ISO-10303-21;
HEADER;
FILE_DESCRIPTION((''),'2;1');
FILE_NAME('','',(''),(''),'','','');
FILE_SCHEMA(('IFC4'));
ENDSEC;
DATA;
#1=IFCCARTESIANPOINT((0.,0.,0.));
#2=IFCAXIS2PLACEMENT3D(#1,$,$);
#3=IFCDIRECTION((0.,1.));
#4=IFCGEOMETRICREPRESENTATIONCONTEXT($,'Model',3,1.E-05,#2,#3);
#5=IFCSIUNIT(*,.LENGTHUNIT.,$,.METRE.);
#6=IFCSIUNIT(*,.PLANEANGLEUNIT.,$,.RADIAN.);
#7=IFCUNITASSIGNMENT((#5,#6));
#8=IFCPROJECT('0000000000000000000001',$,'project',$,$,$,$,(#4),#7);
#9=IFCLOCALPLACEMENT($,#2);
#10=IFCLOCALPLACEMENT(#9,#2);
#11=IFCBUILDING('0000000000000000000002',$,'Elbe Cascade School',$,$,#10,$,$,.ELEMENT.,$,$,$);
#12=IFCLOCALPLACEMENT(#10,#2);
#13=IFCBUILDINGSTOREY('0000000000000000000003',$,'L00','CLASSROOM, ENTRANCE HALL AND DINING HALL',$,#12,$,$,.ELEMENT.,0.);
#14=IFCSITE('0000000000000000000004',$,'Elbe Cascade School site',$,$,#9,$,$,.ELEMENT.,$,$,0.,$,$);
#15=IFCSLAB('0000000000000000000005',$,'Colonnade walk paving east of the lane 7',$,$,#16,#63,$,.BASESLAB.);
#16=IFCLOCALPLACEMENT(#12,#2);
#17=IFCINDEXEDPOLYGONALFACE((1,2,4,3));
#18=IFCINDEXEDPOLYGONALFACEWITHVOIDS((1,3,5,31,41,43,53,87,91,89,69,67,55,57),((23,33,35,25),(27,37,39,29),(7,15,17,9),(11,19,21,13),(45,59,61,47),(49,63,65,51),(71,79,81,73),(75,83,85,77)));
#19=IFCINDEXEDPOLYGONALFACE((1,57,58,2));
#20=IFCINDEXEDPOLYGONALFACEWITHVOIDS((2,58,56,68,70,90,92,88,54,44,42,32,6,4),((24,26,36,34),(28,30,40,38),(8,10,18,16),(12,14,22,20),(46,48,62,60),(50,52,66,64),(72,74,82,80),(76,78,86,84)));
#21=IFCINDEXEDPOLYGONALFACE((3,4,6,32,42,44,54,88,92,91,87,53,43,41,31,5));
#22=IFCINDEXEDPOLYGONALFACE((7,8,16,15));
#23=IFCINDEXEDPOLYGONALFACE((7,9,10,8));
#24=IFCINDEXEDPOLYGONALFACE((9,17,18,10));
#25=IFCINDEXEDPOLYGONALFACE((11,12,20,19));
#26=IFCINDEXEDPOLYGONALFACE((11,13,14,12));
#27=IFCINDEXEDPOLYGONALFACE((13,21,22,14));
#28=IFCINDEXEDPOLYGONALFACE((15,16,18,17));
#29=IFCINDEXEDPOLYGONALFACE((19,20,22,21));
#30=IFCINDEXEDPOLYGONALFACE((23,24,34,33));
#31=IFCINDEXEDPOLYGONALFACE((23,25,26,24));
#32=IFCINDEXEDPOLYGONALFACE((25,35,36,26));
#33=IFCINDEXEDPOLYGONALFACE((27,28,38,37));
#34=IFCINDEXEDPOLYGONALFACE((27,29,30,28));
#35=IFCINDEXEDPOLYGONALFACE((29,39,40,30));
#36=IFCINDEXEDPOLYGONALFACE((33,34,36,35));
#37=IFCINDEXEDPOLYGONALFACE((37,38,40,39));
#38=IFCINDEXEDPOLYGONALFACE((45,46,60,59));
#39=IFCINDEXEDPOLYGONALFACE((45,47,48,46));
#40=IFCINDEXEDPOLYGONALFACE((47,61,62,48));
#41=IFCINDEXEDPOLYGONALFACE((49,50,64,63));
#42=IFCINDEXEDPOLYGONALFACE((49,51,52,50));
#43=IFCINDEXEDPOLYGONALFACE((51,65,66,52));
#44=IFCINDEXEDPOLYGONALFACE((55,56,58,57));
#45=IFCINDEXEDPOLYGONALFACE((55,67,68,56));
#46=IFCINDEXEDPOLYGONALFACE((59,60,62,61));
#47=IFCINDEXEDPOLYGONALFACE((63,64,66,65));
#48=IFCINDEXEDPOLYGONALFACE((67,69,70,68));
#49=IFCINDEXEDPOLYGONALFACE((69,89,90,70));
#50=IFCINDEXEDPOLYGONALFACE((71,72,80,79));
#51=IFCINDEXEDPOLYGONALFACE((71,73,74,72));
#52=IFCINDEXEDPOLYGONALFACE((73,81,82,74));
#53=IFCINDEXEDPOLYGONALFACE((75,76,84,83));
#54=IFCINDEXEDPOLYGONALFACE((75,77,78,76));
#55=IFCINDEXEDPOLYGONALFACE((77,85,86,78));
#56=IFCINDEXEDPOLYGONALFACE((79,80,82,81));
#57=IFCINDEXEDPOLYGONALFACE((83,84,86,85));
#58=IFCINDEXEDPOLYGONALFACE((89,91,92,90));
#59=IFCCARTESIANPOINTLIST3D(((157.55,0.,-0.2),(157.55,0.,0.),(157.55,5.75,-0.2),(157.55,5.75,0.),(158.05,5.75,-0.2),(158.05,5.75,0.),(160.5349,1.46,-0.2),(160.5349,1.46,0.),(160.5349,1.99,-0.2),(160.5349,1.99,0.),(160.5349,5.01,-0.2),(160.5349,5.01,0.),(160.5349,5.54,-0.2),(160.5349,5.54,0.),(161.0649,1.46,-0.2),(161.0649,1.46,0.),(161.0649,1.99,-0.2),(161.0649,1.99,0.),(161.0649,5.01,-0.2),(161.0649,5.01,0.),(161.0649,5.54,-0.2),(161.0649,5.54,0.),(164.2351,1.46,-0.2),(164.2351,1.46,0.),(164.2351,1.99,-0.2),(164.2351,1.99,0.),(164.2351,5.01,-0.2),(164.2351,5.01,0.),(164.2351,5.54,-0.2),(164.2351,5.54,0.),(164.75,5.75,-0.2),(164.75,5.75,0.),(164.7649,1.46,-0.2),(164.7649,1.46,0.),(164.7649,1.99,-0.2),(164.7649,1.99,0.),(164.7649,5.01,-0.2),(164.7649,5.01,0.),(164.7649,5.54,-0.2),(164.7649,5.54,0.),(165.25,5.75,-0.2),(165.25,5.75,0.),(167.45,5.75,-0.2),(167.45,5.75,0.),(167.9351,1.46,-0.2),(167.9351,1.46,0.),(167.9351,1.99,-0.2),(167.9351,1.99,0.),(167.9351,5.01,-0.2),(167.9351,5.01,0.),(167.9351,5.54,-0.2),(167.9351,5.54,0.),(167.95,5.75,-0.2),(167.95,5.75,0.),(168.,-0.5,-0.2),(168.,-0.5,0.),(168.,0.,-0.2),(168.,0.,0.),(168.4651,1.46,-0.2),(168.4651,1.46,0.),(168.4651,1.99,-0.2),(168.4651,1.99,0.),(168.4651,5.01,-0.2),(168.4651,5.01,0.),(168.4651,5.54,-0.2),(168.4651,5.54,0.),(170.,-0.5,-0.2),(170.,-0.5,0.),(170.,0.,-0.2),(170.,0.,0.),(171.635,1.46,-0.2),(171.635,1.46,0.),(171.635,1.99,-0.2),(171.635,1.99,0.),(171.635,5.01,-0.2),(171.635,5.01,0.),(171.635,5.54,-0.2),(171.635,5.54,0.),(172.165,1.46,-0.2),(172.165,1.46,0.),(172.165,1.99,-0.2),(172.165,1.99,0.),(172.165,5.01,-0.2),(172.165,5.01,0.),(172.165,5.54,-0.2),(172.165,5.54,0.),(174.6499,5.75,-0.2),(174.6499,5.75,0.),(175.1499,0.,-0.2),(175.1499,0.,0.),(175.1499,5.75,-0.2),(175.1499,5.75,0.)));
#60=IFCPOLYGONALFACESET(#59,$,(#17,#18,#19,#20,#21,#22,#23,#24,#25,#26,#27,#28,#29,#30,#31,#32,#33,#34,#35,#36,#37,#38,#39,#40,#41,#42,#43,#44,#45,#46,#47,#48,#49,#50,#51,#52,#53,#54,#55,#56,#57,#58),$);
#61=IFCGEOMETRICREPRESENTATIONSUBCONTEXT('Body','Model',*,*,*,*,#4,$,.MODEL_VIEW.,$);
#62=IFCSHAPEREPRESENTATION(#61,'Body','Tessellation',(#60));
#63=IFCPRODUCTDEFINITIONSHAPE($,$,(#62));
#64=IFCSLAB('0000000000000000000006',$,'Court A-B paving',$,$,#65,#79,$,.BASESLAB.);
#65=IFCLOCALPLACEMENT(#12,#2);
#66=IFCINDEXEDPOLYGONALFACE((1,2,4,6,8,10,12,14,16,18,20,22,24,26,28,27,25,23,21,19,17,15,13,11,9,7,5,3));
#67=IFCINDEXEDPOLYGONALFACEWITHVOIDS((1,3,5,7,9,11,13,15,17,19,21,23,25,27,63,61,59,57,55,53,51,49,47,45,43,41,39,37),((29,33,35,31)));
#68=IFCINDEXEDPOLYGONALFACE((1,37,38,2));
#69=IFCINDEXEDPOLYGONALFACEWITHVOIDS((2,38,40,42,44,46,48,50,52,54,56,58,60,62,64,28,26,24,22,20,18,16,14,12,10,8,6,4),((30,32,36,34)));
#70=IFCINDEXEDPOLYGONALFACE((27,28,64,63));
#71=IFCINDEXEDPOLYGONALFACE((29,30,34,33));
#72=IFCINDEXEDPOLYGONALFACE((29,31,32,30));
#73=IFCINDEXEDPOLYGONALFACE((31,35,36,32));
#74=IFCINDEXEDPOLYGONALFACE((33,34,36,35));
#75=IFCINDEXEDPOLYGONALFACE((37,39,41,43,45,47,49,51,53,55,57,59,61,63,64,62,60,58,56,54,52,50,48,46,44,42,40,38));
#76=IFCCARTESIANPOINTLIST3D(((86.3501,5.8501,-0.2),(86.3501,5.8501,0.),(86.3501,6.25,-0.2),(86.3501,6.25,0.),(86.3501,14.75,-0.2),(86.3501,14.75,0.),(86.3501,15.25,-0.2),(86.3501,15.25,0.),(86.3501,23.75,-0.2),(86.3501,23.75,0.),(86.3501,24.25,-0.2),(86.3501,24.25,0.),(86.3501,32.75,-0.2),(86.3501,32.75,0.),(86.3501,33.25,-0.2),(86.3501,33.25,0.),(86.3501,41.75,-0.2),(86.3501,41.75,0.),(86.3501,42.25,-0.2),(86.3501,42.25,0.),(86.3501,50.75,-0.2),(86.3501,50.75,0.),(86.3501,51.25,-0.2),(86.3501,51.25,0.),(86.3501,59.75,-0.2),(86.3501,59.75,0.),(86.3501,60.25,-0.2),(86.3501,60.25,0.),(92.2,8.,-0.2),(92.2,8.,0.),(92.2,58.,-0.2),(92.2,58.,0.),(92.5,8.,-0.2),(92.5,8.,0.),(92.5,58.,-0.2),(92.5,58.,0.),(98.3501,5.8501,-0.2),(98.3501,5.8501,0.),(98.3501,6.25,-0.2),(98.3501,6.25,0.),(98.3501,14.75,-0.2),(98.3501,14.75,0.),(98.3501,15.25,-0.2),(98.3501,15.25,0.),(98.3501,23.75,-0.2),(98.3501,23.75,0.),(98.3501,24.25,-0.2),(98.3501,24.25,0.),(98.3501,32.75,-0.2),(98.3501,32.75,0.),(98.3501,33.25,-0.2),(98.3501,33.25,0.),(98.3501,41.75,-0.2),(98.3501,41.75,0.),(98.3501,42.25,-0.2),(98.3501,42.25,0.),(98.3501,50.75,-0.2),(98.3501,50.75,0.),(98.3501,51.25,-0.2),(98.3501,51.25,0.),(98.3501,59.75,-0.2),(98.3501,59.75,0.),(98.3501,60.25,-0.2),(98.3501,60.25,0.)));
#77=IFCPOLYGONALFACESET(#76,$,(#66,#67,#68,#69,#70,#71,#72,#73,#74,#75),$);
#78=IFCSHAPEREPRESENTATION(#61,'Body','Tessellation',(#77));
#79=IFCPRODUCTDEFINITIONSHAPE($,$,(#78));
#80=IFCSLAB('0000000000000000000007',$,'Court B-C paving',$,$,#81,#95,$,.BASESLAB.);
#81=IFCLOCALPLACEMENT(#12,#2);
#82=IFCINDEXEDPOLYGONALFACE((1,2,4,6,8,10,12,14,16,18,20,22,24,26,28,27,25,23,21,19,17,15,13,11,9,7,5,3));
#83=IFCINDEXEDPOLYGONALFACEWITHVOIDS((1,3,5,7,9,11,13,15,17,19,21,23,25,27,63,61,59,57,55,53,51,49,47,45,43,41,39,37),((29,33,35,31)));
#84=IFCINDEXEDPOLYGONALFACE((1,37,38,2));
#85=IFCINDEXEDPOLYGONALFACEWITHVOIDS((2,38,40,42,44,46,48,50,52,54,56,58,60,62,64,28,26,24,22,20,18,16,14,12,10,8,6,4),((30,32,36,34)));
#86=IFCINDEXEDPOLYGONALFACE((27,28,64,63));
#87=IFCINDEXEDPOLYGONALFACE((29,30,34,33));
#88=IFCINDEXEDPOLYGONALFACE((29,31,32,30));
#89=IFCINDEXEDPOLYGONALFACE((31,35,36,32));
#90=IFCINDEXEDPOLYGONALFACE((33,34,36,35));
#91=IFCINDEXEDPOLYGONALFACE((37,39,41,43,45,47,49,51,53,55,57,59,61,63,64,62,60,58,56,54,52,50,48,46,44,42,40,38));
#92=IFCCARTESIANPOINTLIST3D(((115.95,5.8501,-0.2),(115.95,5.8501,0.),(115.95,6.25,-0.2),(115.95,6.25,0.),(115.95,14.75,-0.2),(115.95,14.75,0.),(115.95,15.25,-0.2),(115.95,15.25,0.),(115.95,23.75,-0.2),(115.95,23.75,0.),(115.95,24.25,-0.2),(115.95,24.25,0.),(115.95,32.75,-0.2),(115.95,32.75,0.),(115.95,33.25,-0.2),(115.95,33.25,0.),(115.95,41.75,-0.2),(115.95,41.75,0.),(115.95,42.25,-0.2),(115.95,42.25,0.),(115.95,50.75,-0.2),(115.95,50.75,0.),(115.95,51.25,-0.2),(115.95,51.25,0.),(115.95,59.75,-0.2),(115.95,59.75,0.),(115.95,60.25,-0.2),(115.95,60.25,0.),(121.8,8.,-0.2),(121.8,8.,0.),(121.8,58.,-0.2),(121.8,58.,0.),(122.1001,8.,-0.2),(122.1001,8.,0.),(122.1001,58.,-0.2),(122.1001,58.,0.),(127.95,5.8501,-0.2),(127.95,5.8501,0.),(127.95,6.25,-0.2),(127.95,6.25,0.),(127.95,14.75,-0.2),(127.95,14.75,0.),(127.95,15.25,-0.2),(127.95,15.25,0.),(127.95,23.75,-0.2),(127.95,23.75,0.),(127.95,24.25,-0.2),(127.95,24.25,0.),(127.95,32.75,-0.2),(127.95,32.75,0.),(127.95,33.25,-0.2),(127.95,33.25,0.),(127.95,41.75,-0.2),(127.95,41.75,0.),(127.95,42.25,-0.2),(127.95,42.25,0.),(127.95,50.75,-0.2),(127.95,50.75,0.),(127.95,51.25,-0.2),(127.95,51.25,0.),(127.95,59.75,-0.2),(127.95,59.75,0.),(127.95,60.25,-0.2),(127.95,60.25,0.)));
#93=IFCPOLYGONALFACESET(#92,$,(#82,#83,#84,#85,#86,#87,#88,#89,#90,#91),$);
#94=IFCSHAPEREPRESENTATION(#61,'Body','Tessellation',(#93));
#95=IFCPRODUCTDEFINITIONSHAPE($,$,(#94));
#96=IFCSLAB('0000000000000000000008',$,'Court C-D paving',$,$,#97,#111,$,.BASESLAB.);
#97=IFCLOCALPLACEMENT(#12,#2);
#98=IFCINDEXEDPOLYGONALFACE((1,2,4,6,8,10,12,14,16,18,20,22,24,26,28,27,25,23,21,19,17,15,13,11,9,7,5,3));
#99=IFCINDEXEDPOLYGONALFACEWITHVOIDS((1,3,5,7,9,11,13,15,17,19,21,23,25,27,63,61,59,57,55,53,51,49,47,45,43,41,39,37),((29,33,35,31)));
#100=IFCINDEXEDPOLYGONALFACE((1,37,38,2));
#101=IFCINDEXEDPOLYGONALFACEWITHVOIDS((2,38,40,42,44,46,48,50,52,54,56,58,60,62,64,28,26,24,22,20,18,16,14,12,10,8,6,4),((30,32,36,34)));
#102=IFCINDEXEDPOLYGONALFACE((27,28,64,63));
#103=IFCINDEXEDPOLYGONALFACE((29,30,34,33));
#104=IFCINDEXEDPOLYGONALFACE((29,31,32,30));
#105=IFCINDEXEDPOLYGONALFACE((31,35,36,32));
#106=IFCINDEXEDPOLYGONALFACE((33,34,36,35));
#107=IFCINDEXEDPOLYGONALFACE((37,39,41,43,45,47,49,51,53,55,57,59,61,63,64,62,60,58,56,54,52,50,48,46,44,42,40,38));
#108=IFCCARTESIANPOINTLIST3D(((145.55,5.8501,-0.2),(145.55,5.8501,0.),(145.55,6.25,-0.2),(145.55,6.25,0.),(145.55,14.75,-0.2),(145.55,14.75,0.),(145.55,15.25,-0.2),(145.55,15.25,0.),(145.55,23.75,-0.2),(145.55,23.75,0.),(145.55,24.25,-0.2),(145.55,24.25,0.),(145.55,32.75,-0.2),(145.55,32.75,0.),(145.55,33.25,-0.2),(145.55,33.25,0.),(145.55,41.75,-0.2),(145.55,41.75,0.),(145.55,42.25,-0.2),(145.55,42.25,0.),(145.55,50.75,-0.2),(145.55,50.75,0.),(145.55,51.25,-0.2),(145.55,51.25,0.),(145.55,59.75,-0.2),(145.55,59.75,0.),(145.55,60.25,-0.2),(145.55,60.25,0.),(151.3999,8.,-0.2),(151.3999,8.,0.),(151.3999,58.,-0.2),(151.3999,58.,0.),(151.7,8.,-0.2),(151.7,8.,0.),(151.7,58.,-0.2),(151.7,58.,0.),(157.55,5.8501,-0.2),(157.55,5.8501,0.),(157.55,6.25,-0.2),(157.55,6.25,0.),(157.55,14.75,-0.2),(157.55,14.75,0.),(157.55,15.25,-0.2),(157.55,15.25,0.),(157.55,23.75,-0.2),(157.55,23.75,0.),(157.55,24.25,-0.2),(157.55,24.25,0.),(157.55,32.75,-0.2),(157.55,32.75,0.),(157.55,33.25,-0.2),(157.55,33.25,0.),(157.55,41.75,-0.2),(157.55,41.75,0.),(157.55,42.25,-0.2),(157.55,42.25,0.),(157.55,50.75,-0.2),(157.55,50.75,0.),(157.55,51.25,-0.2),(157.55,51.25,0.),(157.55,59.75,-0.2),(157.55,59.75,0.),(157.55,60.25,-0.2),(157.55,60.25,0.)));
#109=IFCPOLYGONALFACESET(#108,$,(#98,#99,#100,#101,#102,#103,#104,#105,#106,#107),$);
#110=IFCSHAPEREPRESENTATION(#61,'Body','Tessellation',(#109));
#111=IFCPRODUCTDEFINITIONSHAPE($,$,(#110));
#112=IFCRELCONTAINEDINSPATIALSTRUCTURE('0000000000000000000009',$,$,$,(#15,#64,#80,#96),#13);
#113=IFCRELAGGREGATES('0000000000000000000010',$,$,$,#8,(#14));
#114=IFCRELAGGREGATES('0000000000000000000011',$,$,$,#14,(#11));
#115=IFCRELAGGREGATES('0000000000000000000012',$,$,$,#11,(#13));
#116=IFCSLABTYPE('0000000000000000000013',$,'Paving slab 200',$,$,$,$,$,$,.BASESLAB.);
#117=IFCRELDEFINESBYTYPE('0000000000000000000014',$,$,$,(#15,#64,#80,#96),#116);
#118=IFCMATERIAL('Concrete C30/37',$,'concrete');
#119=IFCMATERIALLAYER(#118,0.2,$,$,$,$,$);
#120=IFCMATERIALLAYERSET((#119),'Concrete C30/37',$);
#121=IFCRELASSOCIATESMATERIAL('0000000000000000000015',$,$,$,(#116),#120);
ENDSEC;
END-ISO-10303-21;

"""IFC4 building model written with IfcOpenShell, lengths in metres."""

from ifc_helpers import new_model, si_unit, direction, frame, origin, place, context, subcontext, project, spatial, polyline, outline, extrude, material, layer, layer_set, type_object, element, save


model = new_model("IFC4")

# Units and contexts
model_context = context("Model", 3, precision=1e-05, world=origin(), true_north=direction((0.0, 1.0)))
body_context = subcontext(model_context, "Body", "Model", "MODEL_VIEW")
ifc_project = project(units=[si_unit("LENGTHUNIT", "METRE"), si_unit("PLANEANGLEUNIT", "RADIAN")], contexts=[model_context])

# Site, building, storey
site_placement = place(None, origin())
site = spatial("IfcSite", under=ifc_project, at=site_placement, Name="Elbe Cascade School site", CompositionType="ELEMENT", RefElevation=0.0)
building_placement = place(site_placement, origin())
building = spatial("IfcBuilding", under=site, at=building_placement, Name="Elbe Cascade School", CompositionType="ELEMENT")
storey_placement = place(building_placement, origin())
storey = spatial("IfcBuildingStorey", under=building, at=storey_placement, Name="L00", Description="CLASSROOM, ENTRANCE HALL AND DINING HALL", CompositionType="ELEMENT", Elevation=0.0)

# Slabs
ifc_material_1 = material(Name="Concrete C30/37", Category="concrete")
ifc_layer_1 = layer(ifc_material_1, 0.2)
ifc_layer_set_1 = layer_set([ifc_layer_1], Name="Concrete C30/37")
slab_type_1 = type_object("IfcSlabType", Name="Paving slab 200", PredefinedType="BASESLAB", material=ifc_layer_set_1)
slab_1_placement = place(storey_placement, frame((0.0, 0.0, -0.2)))
element("IfcSlab", 1, at=slab_1_placement, inside=storey, type_object=slab_type_1, Name="Colonnade walk paving east of the lane 7", PredefinedType="BASESLAB", context=body_context, shape_type="SweptSolid", body=[
    extrude(outline(polyline([(168.0, -0.5), (170.0, -0.5), (170.0, 0.0), (175.1499, 0.0), (175.1499, 5.75), (174.6499, 5.75), (167.95, 5.75), (167.45, 5.75), (165.25, 5.75), (164.75, 5.75), (158.05, 5.75), (157.55, 5.75), (157.55, 0.0), (168.0, 0.0), (168.0, -0.5)]), holes=[polyline([(161.0649, 1.99), (161.0649, 1.46), (160.5349, 1.46), (160.5349, 1.99), (161.0649, 1.99)]), polyline([(161.0649, 5.01), (160.5349, 5.01), (160.5349, 5.54), (161.0649, 5.54), (161.0649, 5.01)]), polyline([(164.2351, 1.46), (164.2351, 1.99), (164.7649, 1.99), (164.7649, 1.46), (164.2351, 1.46)]), polyline([(164.2351, 5.54), (164.7649, 5.54), (164.7649, 5.01), (164.2351, 5.01), (164.2351, 5.54)]), polyline([(168.4651, 1.99), (168.4651, 1.46), (167.9351, 1.46), (167.9351, 1.99), (168.4651, 1.99)]), polyline([(168.4651, 5.01), (167.9351, 5.01), (167.9351, 5.54), (168.4651, 5.54), (168.4651, 5.01)]), polyline([(171.635, 1.46), (171.635, 1.99), (172.165, 1.99), (172.165, 1.46), (171.635, 1.46)]), polyline([(171.635, 5.54), (172.165, 5.54), (172.165, 5.01), (171.635, 5.01), (171.635, 5.54)])]), origin(), (0.0, 0.0, 1.0), 0.2),
])
slab_2_placement = place(storey_placement, frame((0.0, 0.0, -0.2)))
element("IfcSlab", 2, at=slab_2_placement, inside=storey, type_object=slab_type_1, Name="Court A-B paving", PredefinedType="BASESLAB", context=body_context, shape_type="SweptSolid", body=[
    extrude(outline(polyline([(86.3501, 60.25), (86.3501, 59.75), (86.3501, 51.25), (86.3501, 50.75), (86.3501, 42.25), (86.3501, 41.75), (86.3501, 33.25), (86.3501, 32.75), (86.3501, 24.25), (86.3501, 23.75), (86.3501, 15.25), (86.3501, 14.75), (86.3501, 6.25), (86.3501, 5.8501), (98.3501, 5.8501), (98.3501, 6.25), (98.3501, 14.75), (98.3501, 15.25), (98.3501, 23.75), (98.3501, 24.25), (98.3501, 32.75), (98.3501, 33.25), (98.3501, 41.75), (98.3501, 42.25), (98.3501, 50.75), (98.3501, 51.25), (98.3501, 59.75), (98.3501, 60.25), (86.3501, 60.25)]), holes=[polyline([(92.5, 8.0), (92.2, 8.0), (92.2, 58.0), (92.5, 58.0), (92.5, 8.0)])]), origin(), (0.0, 0.0, 1.0), 0.2),
])
slab_3_placement = place(storey_placement, frame((0.0, 0.0, -0.2)))
element("IfcSlab", 3, at=slab_3_placement, inside=storey, type_object=slab_type_1, Name="Court B-C paving", PredefinedType="BASESLAB", context=body_context, shape_type="SweptSolid", body=[
    extrude(outline(polyline([(127.95, 60.25), (115.95, 60.25), (115.95, 59.75), (115.95, 51.25), (115.95, 50.75), (115.95, 42.25), (115.95, 41.75), (115.95, 33.25), (115.95, 32.75), (115.95, 24.25), (115.95, 23.75), (115.95, 15.25), (115.95, 14.75), (115.95, 6.25), (115.95, 5.8501), (127.95, 5.8501), (127.95, 6.25), (127.95, 14.75), (127.95, 15.25), (127.95, 23.75), (127.95, 24.25), (127.95, 32.75), (127.95, 33.25), (127.95, 41.75), (127.95, 42.25), (127.95, 50.75), (127.95, 51.25), (127.95, 59.75), (127.95, 60.25)]), holes=[polyline([(122.1001, 8.0), (121.8, 8.0), (121.8, 58.0), (122.1001, 58.0), (122.1001, 8.0)])]), origin(), (0.0, 0.0, 1.0), 0.2),
])
slab_4_placement = place(storey_placement, frame((0.0, 0.0, -0.2)))
element("IfcSlab", 4, at=slab_4_placement, inside=storey, type_object=slab_type_1, Name="Court C-D paving", PredefinedType="BASESLAB", context=body_context, shape_type="SweptSolid", body=[
    extrude(outline(polyline([(145.55, 14.75), (145.55, 6.25), (145.55, 5.8501), (157.55, 5.8501), (157.55, 6.25), (157.55, 14.75), (157.55, 15.25), (157.55, 23.75), (157.55, 24.25), (157.55, 32.75), (157.55, 33.25), (157.55, 41.75), (157.55, 42.25), (157.55, 50.75), (157.55, 51.25), (157.55, 59.75), (157.55, 60.25), (145.55, 60.25), (145.55, 59.75), (145.55, 51.25), (145.55, 50.75), (145.55, 42.25), (145.55, 41.75), (145.55, 33.25), (145.55, 32.75), (145.55, 24.25), (145.55, 23.75), (145.55, 15.25), (145.55, 14.75)]), holes=[polyline([(151.7, 8.0), (151.3999, 8.0), (151.3999, 58.0), (151.7, 58.0), (151.7, 8.0)])]), origin(), (0.0, 0.0, 1.0), 0.2),
])

save(model, "model.ifc")
